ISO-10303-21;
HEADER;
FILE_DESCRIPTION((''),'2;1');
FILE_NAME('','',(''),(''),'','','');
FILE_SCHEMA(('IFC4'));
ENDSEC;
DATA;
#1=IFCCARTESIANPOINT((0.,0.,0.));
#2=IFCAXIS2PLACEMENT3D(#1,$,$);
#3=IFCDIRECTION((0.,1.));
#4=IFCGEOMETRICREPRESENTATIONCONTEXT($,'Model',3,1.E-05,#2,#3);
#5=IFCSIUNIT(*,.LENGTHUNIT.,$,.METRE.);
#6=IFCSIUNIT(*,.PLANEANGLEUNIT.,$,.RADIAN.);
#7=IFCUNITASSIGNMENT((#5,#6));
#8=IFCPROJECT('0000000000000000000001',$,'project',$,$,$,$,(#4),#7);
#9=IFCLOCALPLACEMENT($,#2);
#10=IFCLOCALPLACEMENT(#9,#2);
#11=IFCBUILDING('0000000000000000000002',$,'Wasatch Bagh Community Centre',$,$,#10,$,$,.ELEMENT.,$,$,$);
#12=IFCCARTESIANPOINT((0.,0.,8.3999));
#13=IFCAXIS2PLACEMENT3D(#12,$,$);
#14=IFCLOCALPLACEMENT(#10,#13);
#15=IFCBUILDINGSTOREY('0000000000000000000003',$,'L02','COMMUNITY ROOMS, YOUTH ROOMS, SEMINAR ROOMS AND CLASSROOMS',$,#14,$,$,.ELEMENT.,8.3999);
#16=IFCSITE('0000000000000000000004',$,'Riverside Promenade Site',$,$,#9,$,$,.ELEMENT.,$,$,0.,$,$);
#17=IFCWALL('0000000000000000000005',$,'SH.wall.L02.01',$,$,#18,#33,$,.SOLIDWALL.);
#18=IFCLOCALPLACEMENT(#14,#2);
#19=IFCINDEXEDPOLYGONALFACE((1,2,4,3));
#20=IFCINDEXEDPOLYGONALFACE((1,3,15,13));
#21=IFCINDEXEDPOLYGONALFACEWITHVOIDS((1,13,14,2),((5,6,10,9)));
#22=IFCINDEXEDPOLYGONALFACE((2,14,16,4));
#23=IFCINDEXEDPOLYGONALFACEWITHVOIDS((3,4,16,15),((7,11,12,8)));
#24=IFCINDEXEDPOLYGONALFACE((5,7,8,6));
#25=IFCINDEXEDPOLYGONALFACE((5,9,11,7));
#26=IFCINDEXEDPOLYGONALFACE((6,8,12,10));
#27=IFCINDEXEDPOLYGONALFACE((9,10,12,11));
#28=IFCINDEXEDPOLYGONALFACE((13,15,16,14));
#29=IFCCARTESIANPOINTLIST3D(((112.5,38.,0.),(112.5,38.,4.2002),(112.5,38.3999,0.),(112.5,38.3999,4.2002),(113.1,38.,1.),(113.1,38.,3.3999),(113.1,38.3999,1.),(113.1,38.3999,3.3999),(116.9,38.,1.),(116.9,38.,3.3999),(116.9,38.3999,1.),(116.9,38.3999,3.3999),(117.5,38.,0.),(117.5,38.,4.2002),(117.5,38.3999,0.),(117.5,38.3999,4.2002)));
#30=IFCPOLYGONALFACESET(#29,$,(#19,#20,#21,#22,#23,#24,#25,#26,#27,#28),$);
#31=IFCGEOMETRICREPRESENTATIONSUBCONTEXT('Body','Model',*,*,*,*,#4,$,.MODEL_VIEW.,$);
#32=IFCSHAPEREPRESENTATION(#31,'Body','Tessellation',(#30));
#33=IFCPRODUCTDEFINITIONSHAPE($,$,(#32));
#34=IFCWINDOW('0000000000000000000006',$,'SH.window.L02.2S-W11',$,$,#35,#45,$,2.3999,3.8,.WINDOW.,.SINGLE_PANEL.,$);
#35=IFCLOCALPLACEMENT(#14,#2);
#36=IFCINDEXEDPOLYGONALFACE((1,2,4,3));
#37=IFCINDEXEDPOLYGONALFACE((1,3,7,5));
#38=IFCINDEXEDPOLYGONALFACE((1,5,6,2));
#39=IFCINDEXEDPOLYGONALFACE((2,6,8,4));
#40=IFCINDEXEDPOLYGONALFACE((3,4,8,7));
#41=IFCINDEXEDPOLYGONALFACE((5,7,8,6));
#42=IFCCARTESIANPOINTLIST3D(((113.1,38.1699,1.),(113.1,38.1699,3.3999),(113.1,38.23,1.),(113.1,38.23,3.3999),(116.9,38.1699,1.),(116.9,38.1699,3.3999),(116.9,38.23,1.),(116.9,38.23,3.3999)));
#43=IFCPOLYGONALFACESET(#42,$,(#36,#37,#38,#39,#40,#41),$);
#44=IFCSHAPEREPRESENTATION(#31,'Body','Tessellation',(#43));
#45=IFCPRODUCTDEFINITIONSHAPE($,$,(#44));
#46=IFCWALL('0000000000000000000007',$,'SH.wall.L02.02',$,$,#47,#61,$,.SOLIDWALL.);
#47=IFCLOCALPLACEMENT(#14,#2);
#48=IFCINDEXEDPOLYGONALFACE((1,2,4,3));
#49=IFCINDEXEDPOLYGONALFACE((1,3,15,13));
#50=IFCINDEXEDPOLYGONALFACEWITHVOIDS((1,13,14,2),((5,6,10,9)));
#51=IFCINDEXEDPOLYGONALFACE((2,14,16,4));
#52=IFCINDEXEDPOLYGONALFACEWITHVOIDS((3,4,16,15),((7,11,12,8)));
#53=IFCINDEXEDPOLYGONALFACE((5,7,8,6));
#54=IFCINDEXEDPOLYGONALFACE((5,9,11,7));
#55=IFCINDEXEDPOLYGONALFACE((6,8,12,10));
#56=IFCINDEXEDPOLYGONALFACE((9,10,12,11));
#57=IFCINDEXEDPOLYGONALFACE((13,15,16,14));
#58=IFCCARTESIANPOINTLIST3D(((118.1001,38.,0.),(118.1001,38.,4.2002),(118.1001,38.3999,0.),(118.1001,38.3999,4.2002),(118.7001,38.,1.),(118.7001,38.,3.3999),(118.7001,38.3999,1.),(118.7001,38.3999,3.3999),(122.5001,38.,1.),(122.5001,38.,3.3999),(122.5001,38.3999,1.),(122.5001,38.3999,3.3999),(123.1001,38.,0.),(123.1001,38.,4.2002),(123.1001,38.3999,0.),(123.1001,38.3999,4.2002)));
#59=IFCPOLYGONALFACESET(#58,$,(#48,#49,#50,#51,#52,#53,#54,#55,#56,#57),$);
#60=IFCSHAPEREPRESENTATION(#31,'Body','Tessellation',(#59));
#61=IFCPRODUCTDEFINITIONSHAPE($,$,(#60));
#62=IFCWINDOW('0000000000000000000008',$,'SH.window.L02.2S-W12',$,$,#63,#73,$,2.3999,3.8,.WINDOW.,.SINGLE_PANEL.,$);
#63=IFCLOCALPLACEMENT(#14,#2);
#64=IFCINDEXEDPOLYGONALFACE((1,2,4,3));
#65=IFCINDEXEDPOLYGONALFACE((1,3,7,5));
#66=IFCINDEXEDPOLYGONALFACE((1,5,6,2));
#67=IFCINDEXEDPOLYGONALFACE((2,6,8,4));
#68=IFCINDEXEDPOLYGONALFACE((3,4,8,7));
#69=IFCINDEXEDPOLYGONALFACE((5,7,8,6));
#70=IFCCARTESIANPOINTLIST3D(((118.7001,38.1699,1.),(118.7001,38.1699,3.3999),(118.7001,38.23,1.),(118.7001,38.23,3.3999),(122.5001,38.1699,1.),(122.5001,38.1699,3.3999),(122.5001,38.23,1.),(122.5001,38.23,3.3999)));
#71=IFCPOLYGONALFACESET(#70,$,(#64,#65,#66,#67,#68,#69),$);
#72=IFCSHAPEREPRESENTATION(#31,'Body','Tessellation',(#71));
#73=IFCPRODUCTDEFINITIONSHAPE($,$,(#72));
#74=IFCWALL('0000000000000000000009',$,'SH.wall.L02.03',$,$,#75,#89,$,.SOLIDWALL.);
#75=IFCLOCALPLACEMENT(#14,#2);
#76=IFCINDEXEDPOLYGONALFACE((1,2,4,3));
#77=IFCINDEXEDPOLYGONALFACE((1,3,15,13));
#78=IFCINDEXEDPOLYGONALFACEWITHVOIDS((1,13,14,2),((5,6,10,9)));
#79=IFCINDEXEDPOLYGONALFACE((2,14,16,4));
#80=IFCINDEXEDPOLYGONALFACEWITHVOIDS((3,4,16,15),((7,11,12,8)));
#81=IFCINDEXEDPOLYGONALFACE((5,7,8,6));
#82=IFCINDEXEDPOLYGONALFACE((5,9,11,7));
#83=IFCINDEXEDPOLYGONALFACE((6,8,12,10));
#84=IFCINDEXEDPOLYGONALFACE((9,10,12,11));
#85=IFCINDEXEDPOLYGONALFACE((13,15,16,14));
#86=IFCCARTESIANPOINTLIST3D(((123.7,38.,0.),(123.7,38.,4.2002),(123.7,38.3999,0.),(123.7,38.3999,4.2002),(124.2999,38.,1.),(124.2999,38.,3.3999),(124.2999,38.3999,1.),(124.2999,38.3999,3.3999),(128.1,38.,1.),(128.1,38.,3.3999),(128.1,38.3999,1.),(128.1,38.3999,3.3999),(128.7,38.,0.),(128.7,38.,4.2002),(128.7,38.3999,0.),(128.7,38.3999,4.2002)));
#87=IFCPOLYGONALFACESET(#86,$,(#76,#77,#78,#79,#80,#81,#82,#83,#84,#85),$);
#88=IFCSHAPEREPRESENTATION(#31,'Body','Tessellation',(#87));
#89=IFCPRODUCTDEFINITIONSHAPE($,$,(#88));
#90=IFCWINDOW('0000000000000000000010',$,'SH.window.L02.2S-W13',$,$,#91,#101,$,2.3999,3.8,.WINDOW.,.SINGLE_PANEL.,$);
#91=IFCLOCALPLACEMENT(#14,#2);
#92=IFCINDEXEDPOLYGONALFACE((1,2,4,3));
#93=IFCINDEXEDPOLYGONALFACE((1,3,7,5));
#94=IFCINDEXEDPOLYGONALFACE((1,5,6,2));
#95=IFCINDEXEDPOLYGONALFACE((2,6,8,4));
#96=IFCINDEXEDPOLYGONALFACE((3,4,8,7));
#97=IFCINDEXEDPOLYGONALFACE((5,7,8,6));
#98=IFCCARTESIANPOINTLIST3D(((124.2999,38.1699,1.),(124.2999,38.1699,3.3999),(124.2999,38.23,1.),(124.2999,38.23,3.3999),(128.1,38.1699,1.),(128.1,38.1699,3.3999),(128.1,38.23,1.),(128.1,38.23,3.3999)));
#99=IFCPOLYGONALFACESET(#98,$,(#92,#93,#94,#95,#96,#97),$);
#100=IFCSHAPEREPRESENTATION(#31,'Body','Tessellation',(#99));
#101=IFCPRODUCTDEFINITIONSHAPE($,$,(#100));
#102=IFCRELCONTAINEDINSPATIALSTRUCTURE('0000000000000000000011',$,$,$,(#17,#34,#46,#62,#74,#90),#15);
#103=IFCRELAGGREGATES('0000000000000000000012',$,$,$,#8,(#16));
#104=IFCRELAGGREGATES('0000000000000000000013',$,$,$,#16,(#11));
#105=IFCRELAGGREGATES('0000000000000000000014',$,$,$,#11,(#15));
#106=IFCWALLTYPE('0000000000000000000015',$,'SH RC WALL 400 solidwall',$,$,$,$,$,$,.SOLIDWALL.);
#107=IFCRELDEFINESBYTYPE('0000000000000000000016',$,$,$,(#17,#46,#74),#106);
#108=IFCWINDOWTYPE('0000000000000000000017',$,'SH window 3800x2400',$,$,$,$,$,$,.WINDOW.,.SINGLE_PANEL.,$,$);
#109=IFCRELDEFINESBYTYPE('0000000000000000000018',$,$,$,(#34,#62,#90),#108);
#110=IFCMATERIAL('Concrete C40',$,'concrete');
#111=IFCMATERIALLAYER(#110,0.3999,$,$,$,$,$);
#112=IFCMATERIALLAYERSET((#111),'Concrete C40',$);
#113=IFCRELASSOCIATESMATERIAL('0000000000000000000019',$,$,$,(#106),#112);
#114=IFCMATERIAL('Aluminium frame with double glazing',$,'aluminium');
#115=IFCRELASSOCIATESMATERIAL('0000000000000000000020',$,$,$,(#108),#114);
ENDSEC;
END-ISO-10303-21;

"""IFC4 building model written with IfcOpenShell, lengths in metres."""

from ifc_helpers import new_model, si_unit, direction, frame, frame_2d, origin, place, context, subcontext, project, spatial, rectangle, extrude, material, layer, layer_set, type_object, element, fill, save


model = new_model("IFC4")

# Units and contexts
model_context = context("Model", 3, precision=1e-05, world=origin(), true_north=direction((0.0, 1.0)))
body_context = subcontext(model_context, "Body", "Model", "MODEL_VIEW")
ifc_project = project(units=[si_unit("LENGTHUNIT", "METRE"), si_unit("PLANEANGLEUNIT", "RADIAN")], contexts=[model_context])

# Site, building, storey
site_placement = place(None, origin())
site = spatial("IfcSite", under=ifc_project, at=site_placement, Name="Riverside Promenade Site", CompositionType="ELEMENT", RefElevation=0.0)
building_placement = place(site_placement, origin())
building = spatial("IfcBuilding", under=site, at=building_placement, Name="Wasatch Bagh Community Centre", CompositionType="ELEMENT")
storey_placement = place(building_placement, frame((0.0, 0.0, 8.3999)))
storey = spatial("IfcBuildingStorey", under=building, at=storey_placement, Name="L02", Description="COMMUNITY ROOMS, YOUTH ROOMS, SEMINAR ROOMS AND CLASSROOMS", CompositionType="ELEMENT", Elevation=8.3999)

# Shared definitions
ifc_material_1 = material(Name="Concrete C40", Category="concrete")

# Walls, openings, windows
ifc_layer_1 = layer(ifc_material_1, 0.3999)
ifc_layer_set_1 = layer_set([ifc_layer_1], Name="Concrete C40")
wall_type_1 = type_object("IfcWallType", Name="SH RC WALL 400 solidwall", PredefinedType="SOLIDWALL", material=ifc_layer_set_1)
wall_1_placement = place(storey_placement, frame((117.5, 38.2, 0.0), z_axis=(0.0, 0.0, 1.0), x_axis=(-1.0, 0.0, 0.0)))
wall_1 = element("IfcWall", 1, at=wall_1_placement, inside=storey, type_object=wall_type_1, Name="SH.wall.L02.01", PredefinedType="SOLIDWALL", context=body_context, shape_type="SweptSolid", body=[
    extrude(rectangle(XDim=5.0, YDim=0.3999, at=frame_2d((2.5, 0.0))), origin(), (0.0, 0.0, 1.0), 4.2002),
])
opening_1_placement = place(wall_1_placement, frame((0.6001, 0.0, 1.0)))
opening_1 = element("IfcOpeningElement", 2, at=opening_1_placement, cuts=wall_1, PredefinedType="OPENING", context=body_context, shape_type="SweptSolid", body=[
    extrude(rectangle(XDim=3.8, YDim=2.3999, at=frame_2d((1.8999, 1.2))), frame((0.0, 0.21, 0.0), z_axis=(0.0, -1.0, 0.0), x_axis=(1.0, 0.0, 0.0)), (0.0, 0.0, 1.0), 0.4199),
])
ifc_material_2 = material(Name="Aluminium frame with double glazing", Category="aluminium")
window_type = type_object("IfcWindowType", Name="SH window 3800x2400", PartitioningType="SINGLE_PANEL", PredefinedType="WINDOW", material=ifc_material_2)
window_1_placement = place(opening_1_placement, origin())
window_1 = element("IfcWindow", 3, at=window_1_placement, inside=storey, type_object=window_type, Name="SH.window.L02.2S-W11", OverallHeight=2.3999, OverallWidth=3.8, PartitioningType="SINGLE_PANEL", PredefinedType="WINDOW", context=body_context, shape_type="SweptSolid", body=[
    extrude(rectangle(XDim=3.8, YDim=2.3999, at=frame_2d((1.8999, 1.2))), frame((0.0, 0.03, 0.0), z_axis=(0.0, -1.0, 0.0), x_axis=(1.0, 0.0, 0.0)), (0.0, 0.0, 1.0), 0.0601),
])
fill(opening_1, window_1)
wall_2_placement = place(storey_placement, frame((123.1001, 38.2, 0.0), z_axis=(0.0, 0.0, 1.0), x_axis=(-1.0, 0.0, 0.0)))
wall_2 = element("IfcWall", 4, at=wall_2_placement, inside=storey, type_object=wall_type_1, Name="SH.wall.L02.02", PredefinedType="SOLIDWALL", context=body_context, shape_type="SweptSolid", body=[
    extrude(rectangle(XDim=5.0, YDim=0.3999, at=frame_2d((2.5, 0.0))), origin(), (0.0, 0.0, 1.0), 4.2002),
])
opening_2_placement = place(wall_2_placement, frame((0.6001, 0.0, 1.0)))
opening_2 = element("IfcOpeningElement", 5, at=opening_2_placement, cuts=wall_2, PredefinedType="OPENING", context=body_context, shape_type="SweptSolid", body=[
    extrude(rectangle(XDim=3.8, YDim=2.3999, at=frame_2d((1.8999, 1.2))), frame((0.0, 0.21, 0.0), z_axis=(0.0, -1.0, 0.0), x_axis=(1.0, 0.0, 0.0)), (0.0, 0.0, 1.0), 0.4199),
])
window_2_placement = place(opening_2_placement, origin())
window_2 = element("IfcWindow", 6, at=window_2_placement, inside=storey, type_object=window_type, Name="SH.window.L02.2S-W12", OverallHeight=2.3999, OverallWidth=3.8, PartitioningType="SINGLE_PANEL", PredefinedType="WINDOW", context=body_context, shape_type="SweptSolid", body=[
    extrude(rectangle(XDim=3.8, YDim=2.3999, at=frame_2d((1.8999, 1.2))), frame((0.0, 0.03, 0.0), z_axis=(0.0, -1.0, 0.0), x_axis=(1.0, 0.0, 0.0)), (0.0, 0.0, 1.0), 0.0601),
])
fill(opening_2, window_2)
wall_3_placement = place(storey_placement, frame((128.7, 38.2, 0.0), z_axis=(0.0, 0.0, 1.0), x_axis=(-1.0, 0.0, 0.0)))
wall_3 = element("IfcWall", 7, at=wall_3_placement, inside=storey, type_object=wall_type_1, Name="SH.wall.L02.03", PredefinedType="SOLIDWALL", context=body_context, shape_type="SweptSolid", body=[
    extrude(rectangle(XDim=5.0, YDim=0.3999, at=frame_2d((2.5, 0.0))), origin(), (0.0, 0.0, 1.0), 4.2002),
])
opening_3_placement = place(wall_3_placement, frame((0.6001, 0.0, 1.0)))
opening_3 = element("IfcOpeningElement", 8, at=opening_3_placement, cuts=wall_3, PredefinedType="OPENING", context=body_context, shape_type="SweptSolid", body=[
    extrude(rectangle(XDim=3.8, YDim=2.3999, at=frame_2d((1.8999, 1.2))), frame((0.0, 0.21, 0.0), z_axis=(0.0, -1.0, 0.0), x_axis=(1.0, 0.0, 0.0)), (0.0, 0.0, 1.0), 0.4199),
])
window_3_placement = place(opening_3_placement, origin())
window_3 = element("IfcWindow", 9, at=window_3_placement, inside=storey, type_object=window_type, Name="SH.window.L02.2S-W13", OverallHeight=2.3999, OverallWidth=3.8, PartitioningType="SINGLE_PANEL", PredefinedType="WINDOW", context=body_context, shape_type="SweptSolid", body=[
    extrude(rectangle(XDim=3.8, YDim=2.3999, at=frame_2d((1.8999, 1.2))), frame((0.0, 0.03, 0.0), z_axis=(0.0, -1.0, 0.0), x_axis=(1.0, 0.0, 0.0)), (0.0, 0.0, 1.0), 0.0601),
])
fill(opening_3, window_3)

save(model, "model.ifc")
